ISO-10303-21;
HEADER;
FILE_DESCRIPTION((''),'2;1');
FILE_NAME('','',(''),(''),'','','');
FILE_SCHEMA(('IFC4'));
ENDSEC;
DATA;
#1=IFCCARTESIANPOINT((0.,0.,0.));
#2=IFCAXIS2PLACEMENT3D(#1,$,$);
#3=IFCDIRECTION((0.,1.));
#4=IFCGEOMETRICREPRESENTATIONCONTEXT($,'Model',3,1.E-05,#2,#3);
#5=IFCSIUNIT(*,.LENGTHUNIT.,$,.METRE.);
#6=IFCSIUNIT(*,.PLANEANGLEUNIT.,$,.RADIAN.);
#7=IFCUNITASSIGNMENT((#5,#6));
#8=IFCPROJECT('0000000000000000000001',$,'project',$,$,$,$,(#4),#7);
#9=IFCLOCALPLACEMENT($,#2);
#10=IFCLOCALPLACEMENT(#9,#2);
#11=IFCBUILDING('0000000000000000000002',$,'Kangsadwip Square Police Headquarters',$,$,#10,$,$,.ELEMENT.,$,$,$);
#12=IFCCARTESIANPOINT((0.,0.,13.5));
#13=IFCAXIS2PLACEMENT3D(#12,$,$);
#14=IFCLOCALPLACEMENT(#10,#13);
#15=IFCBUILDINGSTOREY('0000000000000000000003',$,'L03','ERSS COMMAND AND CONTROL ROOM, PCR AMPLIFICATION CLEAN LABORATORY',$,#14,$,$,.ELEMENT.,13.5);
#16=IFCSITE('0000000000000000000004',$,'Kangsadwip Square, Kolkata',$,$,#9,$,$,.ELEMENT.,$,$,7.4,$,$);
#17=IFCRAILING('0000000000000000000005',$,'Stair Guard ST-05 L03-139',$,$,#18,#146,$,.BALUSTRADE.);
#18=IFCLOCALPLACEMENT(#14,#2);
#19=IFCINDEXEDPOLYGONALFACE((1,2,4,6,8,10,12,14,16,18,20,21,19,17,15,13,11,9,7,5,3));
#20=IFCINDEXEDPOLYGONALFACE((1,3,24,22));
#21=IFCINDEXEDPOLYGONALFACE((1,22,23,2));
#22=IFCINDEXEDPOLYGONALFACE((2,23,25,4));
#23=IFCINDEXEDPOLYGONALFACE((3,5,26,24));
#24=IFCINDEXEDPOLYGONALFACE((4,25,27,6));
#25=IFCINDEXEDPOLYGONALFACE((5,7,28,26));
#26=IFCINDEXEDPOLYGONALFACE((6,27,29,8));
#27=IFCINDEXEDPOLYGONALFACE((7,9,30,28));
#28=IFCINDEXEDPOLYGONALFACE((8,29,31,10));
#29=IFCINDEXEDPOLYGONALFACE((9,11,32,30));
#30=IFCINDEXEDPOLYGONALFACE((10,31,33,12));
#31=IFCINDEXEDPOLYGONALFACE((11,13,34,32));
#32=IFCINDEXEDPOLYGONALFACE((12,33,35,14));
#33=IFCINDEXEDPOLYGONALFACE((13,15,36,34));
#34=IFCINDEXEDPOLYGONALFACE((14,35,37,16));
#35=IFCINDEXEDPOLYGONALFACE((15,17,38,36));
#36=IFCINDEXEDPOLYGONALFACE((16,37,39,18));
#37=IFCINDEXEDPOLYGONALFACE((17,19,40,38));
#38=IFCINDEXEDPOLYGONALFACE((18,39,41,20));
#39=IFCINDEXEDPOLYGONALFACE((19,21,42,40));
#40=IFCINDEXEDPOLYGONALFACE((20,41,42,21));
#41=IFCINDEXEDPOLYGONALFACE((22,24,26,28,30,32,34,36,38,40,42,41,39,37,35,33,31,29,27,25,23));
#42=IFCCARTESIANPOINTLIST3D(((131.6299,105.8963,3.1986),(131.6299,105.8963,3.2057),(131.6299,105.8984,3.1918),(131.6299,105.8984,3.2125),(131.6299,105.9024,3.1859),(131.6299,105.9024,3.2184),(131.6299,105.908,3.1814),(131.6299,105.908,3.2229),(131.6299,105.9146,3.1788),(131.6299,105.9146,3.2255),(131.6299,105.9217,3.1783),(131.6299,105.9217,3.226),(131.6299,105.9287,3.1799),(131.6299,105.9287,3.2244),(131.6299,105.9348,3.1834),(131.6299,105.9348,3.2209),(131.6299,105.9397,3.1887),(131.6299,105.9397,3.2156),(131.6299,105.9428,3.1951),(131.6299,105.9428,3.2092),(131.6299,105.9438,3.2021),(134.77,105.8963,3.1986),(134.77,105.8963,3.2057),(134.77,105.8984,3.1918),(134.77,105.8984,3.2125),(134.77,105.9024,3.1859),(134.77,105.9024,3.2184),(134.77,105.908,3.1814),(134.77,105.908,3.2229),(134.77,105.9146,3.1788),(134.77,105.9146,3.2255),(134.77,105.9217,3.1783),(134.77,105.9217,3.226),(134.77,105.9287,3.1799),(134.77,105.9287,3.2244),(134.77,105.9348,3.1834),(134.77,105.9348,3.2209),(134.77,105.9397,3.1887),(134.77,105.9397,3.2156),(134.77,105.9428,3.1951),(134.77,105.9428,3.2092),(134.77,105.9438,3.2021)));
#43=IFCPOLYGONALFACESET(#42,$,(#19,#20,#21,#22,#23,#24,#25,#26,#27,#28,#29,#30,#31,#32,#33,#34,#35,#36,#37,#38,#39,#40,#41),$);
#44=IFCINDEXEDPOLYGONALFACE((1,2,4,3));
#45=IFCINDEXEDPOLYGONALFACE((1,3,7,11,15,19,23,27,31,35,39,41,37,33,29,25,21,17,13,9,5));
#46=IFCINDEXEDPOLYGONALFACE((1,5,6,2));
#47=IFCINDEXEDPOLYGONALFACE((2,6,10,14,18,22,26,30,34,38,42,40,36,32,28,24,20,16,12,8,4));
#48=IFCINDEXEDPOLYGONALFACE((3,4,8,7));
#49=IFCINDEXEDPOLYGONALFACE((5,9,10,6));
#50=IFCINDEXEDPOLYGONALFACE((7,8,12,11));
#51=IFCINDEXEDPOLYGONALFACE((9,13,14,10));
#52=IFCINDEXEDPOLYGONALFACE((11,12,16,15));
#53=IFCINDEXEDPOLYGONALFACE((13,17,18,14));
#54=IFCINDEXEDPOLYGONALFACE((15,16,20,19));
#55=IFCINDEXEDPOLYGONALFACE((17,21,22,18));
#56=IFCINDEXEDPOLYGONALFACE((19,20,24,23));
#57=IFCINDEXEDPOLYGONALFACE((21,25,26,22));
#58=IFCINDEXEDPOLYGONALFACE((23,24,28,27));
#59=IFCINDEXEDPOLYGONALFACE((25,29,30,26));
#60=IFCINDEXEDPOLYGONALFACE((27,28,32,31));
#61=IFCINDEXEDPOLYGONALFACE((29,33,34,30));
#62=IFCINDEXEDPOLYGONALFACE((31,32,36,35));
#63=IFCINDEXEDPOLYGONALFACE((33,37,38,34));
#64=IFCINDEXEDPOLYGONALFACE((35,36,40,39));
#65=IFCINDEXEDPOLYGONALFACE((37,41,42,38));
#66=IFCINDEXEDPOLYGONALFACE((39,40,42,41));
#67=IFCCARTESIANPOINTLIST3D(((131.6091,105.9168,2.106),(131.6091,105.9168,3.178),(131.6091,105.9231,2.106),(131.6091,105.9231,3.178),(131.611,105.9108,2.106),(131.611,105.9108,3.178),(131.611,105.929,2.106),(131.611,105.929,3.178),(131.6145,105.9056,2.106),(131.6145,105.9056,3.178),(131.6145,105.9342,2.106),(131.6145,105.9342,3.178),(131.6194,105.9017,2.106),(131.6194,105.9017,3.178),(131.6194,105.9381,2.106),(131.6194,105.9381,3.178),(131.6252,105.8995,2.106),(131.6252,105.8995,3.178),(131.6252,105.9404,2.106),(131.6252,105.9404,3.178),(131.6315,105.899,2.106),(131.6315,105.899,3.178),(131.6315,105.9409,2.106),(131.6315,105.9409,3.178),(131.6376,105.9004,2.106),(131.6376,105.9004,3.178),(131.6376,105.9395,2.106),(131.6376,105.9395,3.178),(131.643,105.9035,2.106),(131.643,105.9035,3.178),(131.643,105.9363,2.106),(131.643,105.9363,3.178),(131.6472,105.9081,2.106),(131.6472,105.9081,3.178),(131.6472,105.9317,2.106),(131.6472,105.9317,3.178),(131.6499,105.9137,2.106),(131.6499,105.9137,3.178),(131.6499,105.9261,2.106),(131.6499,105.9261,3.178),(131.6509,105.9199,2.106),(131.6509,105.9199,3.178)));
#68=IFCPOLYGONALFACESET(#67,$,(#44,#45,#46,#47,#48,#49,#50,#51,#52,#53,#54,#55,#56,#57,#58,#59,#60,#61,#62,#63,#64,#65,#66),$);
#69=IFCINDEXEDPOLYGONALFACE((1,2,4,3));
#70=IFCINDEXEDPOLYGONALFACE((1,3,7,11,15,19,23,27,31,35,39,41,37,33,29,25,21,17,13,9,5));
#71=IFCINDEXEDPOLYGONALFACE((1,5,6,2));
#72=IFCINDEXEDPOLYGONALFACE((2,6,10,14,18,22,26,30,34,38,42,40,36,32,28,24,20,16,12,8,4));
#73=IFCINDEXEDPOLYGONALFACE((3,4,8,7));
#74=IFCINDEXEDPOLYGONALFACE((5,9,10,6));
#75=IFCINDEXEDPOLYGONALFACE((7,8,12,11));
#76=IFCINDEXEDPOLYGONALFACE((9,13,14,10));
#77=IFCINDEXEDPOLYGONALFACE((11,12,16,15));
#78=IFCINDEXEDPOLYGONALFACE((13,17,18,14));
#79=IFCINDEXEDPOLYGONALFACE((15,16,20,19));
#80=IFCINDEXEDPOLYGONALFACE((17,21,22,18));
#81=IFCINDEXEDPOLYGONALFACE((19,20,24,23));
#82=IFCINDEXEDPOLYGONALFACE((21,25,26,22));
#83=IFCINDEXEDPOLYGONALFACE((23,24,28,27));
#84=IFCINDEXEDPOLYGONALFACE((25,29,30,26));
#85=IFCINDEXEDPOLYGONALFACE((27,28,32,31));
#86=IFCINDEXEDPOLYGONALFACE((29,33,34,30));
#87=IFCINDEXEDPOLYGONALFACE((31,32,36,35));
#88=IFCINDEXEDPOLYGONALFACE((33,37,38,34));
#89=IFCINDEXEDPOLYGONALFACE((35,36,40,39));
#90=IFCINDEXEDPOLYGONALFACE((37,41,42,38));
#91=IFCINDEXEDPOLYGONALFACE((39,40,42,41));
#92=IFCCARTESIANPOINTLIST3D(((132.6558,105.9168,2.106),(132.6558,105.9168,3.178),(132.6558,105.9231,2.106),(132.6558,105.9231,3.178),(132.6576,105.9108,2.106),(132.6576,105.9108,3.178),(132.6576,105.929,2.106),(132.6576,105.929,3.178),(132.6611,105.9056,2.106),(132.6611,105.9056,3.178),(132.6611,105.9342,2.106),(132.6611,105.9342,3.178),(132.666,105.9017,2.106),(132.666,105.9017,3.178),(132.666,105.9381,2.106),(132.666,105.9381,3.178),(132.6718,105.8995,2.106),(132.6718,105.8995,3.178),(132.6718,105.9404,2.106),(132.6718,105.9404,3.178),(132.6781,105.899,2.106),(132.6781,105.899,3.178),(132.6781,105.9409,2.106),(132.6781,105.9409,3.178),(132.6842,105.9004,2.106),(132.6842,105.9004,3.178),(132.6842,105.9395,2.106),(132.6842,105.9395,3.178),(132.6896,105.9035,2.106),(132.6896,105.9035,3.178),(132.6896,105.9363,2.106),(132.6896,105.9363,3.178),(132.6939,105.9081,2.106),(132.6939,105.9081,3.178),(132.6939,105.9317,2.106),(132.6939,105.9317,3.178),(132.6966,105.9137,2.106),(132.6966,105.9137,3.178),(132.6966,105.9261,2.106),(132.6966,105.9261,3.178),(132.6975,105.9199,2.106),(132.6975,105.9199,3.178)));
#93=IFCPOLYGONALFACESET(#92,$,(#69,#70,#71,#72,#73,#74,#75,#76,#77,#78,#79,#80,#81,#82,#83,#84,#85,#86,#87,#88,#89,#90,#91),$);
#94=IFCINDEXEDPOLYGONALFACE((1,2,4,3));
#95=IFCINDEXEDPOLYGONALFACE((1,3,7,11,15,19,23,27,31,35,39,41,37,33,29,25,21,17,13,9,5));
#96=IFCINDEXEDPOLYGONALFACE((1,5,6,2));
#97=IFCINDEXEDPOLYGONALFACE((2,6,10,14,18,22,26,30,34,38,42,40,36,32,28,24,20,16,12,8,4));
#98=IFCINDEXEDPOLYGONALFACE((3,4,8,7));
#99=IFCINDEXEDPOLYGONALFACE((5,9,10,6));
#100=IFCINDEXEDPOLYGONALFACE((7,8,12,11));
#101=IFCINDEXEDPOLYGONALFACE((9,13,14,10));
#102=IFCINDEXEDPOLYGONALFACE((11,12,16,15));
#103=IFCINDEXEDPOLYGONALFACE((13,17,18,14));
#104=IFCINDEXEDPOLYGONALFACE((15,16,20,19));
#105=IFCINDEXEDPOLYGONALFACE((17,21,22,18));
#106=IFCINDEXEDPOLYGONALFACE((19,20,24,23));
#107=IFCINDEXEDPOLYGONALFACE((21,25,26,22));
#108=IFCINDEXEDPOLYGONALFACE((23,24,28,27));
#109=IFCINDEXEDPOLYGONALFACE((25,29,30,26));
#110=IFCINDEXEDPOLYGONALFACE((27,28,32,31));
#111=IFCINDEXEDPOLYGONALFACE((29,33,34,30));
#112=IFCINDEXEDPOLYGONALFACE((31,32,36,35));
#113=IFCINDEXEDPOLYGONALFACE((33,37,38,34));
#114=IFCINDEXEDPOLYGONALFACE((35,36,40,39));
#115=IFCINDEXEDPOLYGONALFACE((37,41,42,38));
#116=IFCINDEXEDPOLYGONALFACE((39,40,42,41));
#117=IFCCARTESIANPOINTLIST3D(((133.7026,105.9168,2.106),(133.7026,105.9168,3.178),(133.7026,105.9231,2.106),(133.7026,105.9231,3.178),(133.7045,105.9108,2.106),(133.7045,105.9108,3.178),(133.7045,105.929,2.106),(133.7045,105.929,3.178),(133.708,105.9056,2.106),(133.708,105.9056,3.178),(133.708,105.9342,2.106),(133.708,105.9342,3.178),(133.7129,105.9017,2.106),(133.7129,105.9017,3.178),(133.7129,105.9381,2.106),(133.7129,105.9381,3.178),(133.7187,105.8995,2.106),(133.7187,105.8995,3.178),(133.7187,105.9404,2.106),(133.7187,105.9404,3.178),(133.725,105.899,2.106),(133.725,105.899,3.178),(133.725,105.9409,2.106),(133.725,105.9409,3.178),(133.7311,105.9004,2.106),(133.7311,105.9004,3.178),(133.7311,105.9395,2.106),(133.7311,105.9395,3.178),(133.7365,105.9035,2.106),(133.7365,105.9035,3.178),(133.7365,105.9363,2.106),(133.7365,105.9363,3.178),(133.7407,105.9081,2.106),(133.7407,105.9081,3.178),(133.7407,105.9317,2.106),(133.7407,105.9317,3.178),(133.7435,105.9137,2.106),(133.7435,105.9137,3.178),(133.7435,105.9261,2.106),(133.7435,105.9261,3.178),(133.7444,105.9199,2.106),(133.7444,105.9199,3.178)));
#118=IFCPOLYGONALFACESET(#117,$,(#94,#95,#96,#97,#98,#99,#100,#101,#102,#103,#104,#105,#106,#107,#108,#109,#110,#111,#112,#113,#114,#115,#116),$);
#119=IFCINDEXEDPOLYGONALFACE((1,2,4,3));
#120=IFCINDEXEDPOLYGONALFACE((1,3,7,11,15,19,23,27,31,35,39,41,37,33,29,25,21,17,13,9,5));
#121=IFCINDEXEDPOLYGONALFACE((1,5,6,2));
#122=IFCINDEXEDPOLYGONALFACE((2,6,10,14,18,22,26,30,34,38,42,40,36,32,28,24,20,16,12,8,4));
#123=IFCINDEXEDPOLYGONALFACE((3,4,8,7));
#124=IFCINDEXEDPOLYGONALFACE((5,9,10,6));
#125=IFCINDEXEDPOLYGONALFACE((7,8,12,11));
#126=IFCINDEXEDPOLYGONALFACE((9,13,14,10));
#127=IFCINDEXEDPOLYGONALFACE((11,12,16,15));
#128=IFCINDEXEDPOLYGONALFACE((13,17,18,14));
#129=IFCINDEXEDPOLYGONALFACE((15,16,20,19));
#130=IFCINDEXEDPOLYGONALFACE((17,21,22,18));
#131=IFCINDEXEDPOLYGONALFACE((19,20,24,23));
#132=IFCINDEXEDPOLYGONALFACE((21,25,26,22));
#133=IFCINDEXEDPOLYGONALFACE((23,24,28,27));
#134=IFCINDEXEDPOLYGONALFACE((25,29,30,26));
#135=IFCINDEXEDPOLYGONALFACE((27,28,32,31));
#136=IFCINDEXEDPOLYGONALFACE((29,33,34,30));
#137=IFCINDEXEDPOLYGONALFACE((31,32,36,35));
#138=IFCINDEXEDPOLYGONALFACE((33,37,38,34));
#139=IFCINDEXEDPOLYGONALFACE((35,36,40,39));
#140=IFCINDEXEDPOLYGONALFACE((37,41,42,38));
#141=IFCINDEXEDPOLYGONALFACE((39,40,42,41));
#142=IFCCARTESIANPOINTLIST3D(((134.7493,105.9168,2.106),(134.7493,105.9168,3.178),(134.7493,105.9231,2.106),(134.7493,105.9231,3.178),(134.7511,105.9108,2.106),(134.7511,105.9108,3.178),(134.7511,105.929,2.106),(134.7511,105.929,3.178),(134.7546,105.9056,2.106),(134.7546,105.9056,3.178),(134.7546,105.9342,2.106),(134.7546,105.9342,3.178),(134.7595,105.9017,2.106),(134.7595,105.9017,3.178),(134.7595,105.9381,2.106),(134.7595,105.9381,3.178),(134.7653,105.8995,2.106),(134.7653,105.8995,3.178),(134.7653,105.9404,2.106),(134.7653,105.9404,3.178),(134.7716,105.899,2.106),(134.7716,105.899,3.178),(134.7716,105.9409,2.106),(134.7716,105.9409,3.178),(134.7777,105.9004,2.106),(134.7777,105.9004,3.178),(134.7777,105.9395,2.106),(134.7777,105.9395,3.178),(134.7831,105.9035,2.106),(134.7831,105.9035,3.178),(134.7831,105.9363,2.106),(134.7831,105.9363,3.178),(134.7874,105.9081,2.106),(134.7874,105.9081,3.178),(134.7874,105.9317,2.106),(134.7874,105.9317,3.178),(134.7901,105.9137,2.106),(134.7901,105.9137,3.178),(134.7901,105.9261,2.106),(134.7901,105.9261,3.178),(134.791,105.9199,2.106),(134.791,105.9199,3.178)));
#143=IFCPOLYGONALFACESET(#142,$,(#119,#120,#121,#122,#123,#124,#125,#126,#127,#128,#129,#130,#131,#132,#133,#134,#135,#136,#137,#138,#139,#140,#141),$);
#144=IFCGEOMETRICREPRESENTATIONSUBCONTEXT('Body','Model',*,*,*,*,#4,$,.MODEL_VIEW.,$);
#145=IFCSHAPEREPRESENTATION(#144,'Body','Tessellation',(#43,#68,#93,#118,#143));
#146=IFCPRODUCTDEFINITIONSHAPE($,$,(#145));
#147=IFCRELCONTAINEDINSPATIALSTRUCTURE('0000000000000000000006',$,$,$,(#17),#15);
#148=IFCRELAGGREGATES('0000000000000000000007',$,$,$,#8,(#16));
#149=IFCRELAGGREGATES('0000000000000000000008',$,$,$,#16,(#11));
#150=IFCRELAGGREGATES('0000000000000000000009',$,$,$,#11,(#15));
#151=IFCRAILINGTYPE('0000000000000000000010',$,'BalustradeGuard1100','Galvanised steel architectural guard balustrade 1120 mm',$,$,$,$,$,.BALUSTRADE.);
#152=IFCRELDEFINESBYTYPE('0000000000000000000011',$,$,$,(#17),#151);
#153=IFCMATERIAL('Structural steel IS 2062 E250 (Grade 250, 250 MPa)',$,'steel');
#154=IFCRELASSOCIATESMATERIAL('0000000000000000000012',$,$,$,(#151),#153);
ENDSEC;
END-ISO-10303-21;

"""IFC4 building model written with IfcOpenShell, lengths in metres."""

from ifc_helpers import new_model, si_unit, direction, frame, origin, origin_2d, place, context, subcontext, project, spatial, circle, extrude, material, type_object, element, save


model = new_model("IFC4")

# Units and contexts
model_context = context("Model", 3, precision=1e-05, world=origin(), true_north=direction((0.0, 1.0)))
body_context = subcontext(model_context, "Body", "Model", "MODEL_VIEW")
ifc_project = project(units=[si_unit("LENGTHUNIT", "METRE"), si_unit("PLANEANGLEUNIT", "RADIAN")], contexts=[model_context])

# Site, building, storey
site_placement = place(None, origin())
site = spatial("IfcSite", under=ifc_project, at=site_placement, Name="Kangsadwip Square, Kolkata", CompositionType="ELEMENT", RefElevation=7.4)
building_placement = place(site_placement, origin())
building = spatial("IfcBuilding", under=site, at=building_placement, Name="Kangsadwip Square Police Headquarters", CompositionType="ELEMENT")
storey_placement = place(building_placement, frame((0.0, 0.0, 13.5)))
storey = spatial("IfcBuildingStorey", under=building, at=storey_placement, Name="L03", Description="ERSS COMMAND AND CONTROL ROOM, PCR AMPLIFICATION CLEAN LABORATORY", CompositionType="ELEMENT", Elevation=13.5)

# Railing
ifc_material_1 = material(Name="Structural steel IS 2062 E250 (Grade 250, 250 MPa)", Category="steel")
railing_type_1 = type_object("IfcRailingType", Name="BalustradeGuard1100", Description="Galvanised steel architectural guard balustrade 1120 mm", PredefinedType="BALUSTRADE", material=ifc_material_1)
for number, where, name in (
    (1, (131.6299, 105.9199, 2.106), "Stair Guard ST-05 L03-139"),
):
    element("IfcRailing", number, at=place(storey_placement, frame(where)), inside=storey, type_object=railing_type_1, Name=name, PredefinedType="BALUSTRADE", context=body_context, shape_type="SweptSolid", body=[
        extrude(circle(Radius=0.0239, at=origin_2d()), frame((0.0, 0.0, 1.0962), z_axis=(1.0, 0.0, 0.0), x_axis=(0.0, 1.0, 0.0)), (0.0, 0.0, 1.0), 3.1401),
        extrude(circle(Radius=0.021, at=origin_2d()), origin(), (0.0, 0.0, 1.0), 1.072),
        extrude(circle(Radius=0.021, at=origin_2d()), frame((1.0466, 0.0, 0.0)), (0.0, 0.0, 1.0), 1.072),
        extrude(circle(Radius=0.021, at=origin_2d()), frame((2.0935, 0.0, 0.0)), (0.0, 0.0, 1.0), 1.072),
        extrude(circle(Radius=0.021, at=origin_2d()), frame((3.1401, 0.0, 0.0)), (0.0, 0.0, 1.0), 1.072),
    ])

save(model, "model.ifc")
